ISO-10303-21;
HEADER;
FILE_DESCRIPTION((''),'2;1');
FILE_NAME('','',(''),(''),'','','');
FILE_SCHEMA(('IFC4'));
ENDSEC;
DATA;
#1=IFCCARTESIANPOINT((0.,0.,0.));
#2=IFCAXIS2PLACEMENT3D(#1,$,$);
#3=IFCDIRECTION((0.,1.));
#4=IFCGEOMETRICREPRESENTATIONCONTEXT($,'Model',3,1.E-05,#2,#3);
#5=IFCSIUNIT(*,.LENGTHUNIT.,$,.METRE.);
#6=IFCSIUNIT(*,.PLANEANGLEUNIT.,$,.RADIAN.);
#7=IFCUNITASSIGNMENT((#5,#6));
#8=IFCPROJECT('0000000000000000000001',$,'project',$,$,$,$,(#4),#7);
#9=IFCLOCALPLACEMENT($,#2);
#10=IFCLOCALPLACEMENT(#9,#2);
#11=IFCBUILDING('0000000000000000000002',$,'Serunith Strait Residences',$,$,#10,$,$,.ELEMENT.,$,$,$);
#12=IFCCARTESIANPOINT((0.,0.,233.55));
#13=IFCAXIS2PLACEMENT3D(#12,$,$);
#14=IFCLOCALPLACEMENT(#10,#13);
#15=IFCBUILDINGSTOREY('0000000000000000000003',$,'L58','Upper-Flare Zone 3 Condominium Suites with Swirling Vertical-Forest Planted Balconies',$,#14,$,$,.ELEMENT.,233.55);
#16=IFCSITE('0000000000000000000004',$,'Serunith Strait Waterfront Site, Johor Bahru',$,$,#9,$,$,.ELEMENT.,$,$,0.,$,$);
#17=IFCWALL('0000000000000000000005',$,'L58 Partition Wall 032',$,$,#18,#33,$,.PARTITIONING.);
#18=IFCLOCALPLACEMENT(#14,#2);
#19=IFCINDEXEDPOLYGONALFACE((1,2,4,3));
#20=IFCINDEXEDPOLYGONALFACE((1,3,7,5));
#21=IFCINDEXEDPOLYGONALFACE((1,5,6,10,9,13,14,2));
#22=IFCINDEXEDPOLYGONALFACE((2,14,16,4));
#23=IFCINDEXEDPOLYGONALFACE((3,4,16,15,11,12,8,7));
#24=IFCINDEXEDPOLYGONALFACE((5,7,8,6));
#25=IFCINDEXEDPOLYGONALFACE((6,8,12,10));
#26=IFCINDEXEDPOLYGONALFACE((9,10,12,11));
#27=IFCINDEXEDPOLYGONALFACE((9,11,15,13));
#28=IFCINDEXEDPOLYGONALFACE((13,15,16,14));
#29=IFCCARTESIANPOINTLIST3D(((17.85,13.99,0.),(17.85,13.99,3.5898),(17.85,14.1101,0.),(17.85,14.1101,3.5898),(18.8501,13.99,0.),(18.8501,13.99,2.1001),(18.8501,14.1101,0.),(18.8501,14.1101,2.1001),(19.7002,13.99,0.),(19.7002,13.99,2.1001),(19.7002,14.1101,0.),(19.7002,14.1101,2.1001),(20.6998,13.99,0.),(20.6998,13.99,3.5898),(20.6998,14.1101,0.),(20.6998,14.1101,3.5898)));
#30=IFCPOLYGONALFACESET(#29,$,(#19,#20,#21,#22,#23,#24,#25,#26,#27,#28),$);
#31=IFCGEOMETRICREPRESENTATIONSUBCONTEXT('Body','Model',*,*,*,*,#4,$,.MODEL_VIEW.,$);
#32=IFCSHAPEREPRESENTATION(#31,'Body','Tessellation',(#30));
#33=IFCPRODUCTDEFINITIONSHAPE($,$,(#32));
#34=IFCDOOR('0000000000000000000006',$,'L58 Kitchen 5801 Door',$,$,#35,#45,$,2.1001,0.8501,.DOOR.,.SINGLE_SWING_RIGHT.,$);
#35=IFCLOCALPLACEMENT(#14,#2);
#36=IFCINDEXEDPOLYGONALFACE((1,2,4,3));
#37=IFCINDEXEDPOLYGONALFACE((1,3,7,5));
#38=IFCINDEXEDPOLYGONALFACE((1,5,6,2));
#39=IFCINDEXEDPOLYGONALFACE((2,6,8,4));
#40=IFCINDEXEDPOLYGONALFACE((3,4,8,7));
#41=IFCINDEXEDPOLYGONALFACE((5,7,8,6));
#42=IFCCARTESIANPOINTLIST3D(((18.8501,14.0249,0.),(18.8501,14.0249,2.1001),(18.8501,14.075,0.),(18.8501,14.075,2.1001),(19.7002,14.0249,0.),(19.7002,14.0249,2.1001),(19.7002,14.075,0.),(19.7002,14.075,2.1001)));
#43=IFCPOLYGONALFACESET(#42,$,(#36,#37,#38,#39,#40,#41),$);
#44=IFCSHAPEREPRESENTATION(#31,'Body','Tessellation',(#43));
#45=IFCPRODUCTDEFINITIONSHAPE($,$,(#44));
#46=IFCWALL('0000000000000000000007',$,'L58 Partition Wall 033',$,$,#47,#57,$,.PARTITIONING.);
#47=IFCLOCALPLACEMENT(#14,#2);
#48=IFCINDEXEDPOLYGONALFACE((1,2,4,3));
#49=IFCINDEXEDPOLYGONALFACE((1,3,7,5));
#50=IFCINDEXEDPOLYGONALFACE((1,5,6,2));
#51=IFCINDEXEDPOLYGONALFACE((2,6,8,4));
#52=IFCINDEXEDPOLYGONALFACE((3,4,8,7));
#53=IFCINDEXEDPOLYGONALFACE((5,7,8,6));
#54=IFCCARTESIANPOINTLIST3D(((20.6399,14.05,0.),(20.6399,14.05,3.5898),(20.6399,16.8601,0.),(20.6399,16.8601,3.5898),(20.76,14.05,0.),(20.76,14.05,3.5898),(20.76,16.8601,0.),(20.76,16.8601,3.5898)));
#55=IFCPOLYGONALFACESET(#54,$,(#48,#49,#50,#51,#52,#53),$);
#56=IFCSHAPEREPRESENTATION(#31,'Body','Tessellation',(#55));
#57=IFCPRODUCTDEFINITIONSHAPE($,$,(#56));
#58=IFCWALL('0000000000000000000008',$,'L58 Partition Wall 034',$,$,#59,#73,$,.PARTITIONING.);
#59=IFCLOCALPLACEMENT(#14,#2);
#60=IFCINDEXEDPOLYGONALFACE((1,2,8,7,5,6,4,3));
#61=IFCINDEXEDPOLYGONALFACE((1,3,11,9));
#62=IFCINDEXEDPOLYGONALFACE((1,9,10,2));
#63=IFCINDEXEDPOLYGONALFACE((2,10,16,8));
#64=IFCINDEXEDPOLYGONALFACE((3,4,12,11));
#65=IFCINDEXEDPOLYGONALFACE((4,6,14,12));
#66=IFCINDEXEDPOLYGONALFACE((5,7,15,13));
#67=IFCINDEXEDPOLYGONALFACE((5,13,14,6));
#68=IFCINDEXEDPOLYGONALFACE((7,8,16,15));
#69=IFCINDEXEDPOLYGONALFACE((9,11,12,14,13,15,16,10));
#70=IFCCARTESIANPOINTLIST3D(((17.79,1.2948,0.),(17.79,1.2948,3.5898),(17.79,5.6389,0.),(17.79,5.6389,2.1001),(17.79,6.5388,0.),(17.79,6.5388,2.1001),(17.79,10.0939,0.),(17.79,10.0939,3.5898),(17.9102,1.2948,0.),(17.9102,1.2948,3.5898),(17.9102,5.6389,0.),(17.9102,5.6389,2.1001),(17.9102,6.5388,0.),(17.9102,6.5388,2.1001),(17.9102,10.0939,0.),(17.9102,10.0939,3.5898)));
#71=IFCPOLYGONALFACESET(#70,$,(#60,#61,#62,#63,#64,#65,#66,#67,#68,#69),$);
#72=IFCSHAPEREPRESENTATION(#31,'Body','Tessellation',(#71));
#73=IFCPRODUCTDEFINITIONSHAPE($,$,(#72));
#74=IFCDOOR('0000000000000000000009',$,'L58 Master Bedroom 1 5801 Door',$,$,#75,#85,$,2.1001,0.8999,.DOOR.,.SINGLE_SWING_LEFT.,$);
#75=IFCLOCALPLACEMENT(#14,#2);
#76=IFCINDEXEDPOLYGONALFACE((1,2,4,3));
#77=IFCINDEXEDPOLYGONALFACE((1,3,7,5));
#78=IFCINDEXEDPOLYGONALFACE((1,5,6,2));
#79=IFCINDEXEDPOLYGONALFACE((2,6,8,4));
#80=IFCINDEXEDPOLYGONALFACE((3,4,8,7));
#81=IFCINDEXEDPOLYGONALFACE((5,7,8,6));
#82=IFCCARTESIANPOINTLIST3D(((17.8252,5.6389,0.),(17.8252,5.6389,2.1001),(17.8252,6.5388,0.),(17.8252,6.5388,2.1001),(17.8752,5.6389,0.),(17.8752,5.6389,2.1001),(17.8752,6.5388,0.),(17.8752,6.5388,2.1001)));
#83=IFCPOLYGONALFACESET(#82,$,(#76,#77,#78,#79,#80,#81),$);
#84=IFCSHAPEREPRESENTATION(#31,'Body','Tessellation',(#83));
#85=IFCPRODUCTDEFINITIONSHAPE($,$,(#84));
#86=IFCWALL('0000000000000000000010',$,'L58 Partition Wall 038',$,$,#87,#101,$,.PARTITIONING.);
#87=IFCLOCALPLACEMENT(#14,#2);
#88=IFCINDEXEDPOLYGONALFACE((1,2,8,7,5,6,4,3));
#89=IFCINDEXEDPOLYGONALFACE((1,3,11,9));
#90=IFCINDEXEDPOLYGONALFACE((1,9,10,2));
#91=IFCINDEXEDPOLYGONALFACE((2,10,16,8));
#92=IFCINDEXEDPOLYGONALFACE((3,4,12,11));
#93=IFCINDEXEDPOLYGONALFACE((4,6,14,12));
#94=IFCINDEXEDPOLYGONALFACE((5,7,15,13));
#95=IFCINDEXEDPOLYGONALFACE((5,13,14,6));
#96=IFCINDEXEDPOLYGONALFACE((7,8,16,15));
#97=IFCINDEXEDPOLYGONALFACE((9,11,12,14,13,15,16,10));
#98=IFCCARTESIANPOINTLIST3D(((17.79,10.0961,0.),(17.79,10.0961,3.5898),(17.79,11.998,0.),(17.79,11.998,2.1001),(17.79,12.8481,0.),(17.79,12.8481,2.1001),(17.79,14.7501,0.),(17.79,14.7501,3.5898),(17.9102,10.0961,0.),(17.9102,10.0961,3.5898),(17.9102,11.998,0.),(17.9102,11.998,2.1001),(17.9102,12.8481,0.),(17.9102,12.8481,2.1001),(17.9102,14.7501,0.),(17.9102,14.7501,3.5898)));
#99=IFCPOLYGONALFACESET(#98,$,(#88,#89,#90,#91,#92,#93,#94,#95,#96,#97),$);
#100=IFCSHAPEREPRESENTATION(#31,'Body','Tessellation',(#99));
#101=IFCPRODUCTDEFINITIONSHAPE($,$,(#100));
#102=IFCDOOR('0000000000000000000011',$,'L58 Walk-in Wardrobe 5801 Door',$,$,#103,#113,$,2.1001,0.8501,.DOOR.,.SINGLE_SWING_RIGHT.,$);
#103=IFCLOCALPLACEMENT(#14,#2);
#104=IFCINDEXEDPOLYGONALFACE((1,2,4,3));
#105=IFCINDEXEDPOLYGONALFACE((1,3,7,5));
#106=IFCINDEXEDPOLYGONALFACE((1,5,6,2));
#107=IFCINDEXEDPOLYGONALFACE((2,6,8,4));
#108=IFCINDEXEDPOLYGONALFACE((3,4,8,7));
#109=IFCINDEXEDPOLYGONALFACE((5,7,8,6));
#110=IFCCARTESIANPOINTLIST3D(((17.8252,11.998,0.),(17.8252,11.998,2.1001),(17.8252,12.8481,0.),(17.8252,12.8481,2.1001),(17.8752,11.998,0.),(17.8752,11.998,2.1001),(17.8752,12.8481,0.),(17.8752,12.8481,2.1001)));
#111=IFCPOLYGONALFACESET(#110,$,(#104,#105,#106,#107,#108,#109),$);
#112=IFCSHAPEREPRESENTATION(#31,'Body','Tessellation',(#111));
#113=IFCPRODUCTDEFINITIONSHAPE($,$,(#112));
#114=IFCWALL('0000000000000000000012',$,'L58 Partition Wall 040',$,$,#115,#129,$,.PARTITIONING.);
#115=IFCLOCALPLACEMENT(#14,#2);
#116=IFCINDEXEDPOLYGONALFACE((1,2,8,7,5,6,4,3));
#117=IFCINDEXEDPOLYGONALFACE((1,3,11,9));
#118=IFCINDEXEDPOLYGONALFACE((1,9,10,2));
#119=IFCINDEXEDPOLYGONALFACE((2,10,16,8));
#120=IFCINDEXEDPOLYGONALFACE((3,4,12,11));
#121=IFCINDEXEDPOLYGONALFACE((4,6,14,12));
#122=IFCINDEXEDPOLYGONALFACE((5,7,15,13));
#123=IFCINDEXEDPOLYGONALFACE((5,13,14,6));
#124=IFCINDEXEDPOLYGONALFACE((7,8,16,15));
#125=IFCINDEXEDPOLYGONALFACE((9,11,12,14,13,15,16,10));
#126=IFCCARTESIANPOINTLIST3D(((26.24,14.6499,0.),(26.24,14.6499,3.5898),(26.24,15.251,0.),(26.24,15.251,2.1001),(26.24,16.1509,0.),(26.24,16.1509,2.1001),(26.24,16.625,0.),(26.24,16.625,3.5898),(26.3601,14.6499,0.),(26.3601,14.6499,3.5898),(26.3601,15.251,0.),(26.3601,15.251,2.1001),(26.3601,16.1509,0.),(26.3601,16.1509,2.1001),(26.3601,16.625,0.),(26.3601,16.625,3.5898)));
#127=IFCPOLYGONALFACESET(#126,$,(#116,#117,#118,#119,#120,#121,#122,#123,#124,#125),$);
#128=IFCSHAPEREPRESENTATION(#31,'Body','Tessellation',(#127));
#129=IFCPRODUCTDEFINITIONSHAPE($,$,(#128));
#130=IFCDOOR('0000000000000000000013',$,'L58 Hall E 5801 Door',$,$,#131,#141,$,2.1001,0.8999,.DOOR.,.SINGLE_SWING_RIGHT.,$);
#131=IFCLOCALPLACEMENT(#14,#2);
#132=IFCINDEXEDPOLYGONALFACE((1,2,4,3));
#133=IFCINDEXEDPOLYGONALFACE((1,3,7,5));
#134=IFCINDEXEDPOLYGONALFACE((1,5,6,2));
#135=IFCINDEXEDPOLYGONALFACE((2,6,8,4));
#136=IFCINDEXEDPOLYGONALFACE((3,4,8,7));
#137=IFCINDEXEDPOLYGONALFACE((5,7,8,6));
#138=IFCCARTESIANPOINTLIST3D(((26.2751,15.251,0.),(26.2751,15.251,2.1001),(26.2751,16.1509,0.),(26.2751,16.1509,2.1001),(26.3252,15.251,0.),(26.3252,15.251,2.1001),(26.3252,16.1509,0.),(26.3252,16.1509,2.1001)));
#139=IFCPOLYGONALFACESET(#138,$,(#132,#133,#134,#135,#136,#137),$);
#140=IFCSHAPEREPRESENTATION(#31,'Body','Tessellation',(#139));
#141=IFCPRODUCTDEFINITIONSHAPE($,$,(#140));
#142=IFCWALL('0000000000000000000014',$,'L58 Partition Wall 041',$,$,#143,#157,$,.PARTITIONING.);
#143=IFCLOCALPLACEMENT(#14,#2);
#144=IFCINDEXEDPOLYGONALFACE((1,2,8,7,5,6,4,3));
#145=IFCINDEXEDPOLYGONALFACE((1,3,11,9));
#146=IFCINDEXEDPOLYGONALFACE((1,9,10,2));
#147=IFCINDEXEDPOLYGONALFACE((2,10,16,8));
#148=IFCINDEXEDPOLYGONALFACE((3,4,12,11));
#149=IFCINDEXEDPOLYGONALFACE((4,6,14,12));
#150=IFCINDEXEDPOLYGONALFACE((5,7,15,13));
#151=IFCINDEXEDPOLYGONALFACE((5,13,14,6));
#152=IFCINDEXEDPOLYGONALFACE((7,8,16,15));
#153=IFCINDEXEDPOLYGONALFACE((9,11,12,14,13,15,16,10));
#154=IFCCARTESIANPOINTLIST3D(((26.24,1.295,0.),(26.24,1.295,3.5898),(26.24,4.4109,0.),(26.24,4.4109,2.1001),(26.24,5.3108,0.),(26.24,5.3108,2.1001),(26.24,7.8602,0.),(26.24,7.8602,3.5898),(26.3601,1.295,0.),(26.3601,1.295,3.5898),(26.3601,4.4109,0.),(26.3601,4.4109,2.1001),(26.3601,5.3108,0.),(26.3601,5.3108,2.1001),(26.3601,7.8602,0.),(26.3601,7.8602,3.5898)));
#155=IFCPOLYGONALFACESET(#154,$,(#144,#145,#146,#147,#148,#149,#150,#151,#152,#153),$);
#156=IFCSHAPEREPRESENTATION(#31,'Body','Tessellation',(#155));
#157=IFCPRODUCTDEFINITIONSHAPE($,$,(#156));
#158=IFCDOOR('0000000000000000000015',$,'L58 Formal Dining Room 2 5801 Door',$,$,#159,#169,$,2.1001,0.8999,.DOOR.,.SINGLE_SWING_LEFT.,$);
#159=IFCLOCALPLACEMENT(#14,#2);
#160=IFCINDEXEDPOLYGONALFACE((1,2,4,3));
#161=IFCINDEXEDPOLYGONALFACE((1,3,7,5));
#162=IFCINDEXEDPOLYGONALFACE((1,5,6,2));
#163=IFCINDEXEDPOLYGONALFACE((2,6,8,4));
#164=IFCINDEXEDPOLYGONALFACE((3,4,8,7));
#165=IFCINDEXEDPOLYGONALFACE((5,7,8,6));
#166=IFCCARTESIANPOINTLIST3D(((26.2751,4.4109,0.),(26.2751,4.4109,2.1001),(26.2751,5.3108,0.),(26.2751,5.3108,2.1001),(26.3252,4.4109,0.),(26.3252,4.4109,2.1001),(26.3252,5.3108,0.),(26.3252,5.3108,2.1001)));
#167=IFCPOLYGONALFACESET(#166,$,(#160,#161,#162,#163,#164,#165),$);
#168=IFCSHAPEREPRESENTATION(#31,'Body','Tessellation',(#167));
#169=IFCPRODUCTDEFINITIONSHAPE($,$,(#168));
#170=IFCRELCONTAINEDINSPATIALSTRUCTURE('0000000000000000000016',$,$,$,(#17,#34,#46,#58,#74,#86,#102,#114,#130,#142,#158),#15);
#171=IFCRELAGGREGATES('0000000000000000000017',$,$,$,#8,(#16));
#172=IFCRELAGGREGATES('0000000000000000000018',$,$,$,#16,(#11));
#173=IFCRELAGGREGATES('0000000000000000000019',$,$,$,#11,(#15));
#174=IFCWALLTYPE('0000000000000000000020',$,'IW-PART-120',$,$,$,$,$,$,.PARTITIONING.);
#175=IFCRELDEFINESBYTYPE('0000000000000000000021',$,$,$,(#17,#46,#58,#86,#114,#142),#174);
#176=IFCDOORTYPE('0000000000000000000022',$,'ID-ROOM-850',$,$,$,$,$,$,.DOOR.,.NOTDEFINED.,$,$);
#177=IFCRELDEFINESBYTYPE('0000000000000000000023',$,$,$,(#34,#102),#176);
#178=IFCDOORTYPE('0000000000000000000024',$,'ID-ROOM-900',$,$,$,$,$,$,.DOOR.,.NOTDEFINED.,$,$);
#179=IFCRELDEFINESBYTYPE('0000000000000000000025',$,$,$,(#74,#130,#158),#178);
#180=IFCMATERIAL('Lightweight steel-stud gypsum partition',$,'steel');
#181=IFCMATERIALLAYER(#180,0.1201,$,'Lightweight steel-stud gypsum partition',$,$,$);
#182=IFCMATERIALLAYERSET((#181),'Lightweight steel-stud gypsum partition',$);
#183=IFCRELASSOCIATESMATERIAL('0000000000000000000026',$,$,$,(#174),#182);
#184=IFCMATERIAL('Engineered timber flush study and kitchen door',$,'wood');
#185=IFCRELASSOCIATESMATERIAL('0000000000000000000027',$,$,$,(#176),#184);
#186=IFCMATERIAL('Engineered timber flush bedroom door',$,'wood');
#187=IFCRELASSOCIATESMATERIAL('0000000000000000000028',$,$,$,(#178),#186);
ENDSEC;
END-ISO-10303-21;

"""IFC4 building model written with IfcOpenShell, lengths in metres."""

from ifc_helpers import new_model, si_unit, direction, frame, frame_2d, origin, place, context, subcontext, project, spatial, rectangle, extrude, source, transform, mapped, material, layer, layer_set, type_object, element, fill, save


model = new_model("IFC4")

# Units and contexts
model_context = context("Model", 3, precision=1e-05, world=origin(), true_north=direction((0.0, 1.0)))
body_context = subcontext(model_context, "Body", "Model", "MODEL_VIEW")
ifc_project = project(units=[si_unit("LENGTHUNIT", "METRE"), si_unit("PLANEANGLEUNIT", "RADIAN")], contexts=[model_context])

# Site, building, storey
site_placement = place(None, origin())
site = spatial("IfcSite", under=ifc_project, at=site_placement, Name="Serunith Strait Waterfront Site, Johor Bahru", CompositionType="ELEMENT", RefElevation=0.0)
building_placement = place(site_placement, origin())
building = spatial("IfcBuilding", under=site, at=building_placement, Name="Serunith Strait Residences", CompositionType="ELEMENT")
storey_placement = place(building_placement, frame((0.0, 0.0, 233.55)))
storey = spatial("IfcBuildingStorey", under=building, at=storey_placement, Name="L58", Description="Upper-Flare Zone 3 Condominium Suites with Swirling Vertical-Forest Planted Balconies", CompositionType="ELEMENT", Elevation=233.55)

# Wall, opening, door
ifc_material_1 = material(Name="Lightweight steel-stud gypsum partition", Category="steel")
ifc_layer_1 = layer(ifc_material_1, 0.1201, Name="Lightweight steel-stud gypsum partition")
ifc_layer_set_1 = layer_set([ifc_layer_1], Name="Lightweight steel-stud gypsum partition")
wall_type = type_object("IfcWallType", Name="IW-PART-120", PredefinedType="PARTITIONING", material=ifc_layer_set_1)
wall_1_placement = place(storey_placement, frame((17.8501, 14.05, 0.0), z_axis=(0.0, 0.0, 1.0), x_axis=(1.0, 0.0, 0.0)))
wall_1 = element("IfcWall", 1, at=wall_1_placement, inside=storey, type_object=wall_type, Name="L58 Partition Wall 032", PredefinedType="PARTITIONING", context=body_context, shape_type="SweptSolid", body=[
    extrude(rectangle(XDim=2.8499, YDim=0.1201, at=frame_2d((1.4248, 0.0))), origin(), (0.0, 0.0, 1.0), 3.5898),
])
opening_1_placement = place(wall_1_placement, frame((1.0, 0.0, 0.0)))
opening_1 = element("IfcOpeningElement", 2, at=opening_1_placement, cuts=wall_1, PredefinedType="OPENING", context=body_context, shape_type="SweptSolid", body=[
    extrude(rectangle(XDim=0.8501, YDim=2.1001, at=frame_2d((0.425, 1.05))), frame((0.0, 0.0701, 0.0), z_axis=(0.0, -1.0, 0.0), x_axis=(1.0, 0.0, 0.0)), (0.0, 0.0, 1.0), 0.1401),
])
ifc_material_2 = material(Name="Engineered timber flush study and kitchen door", Category="wood")
door_type_1 = type_object("IfcDoorType", Name="ID-ROOM-850", OperationType="NOTDEFINED", PredefinedType="DOOR", material=ifc_material_2)
shared_shape_1 = source(origin(), body_context, "Body", "SweptSolid", [
    extrude(rectangle(XDim=0.8501, YDim=2.1001, at=frame_2d((0.425, 1.05))), frame((0.0, 0.0249, 0.0), z_axis=(0.0, -1.0, 0.0), x_axis=(1.0, 0.0, 0.0)), (0.0, 0.0, 1.0), 0.05),
])
door_1_placement = place(opening_1_placement, origin())
door_1 = element("IfcDoor", 3, at=door_1_placement, inside=storey, type_object=door_type_1, Name="L58 Kitchen 5801 Door", OperationType="SINGLE_SWING_RIGHT", OverallHeight=2.1001, OverallWidth=0.8501, PredefinedType="DOOR", context=body_context, shape_type="MappedRepresentation", body=[
    mapped(shared_shape_1, transform((0.0, 0.0, 0.0), scale=1.0)),
])
fill(opening_1, door_1)

# Wall
wall_2_placement = place(storey_placement, frame((20.7, 14.05, 0.0), z_axis=(0.0, 0.0, 1.0), x_axis=(0.0, 1.0, 0.0)))
element("IfcWall", 4, at=wall_2_placement, inside=storey, type_object=wall_type, Name="L58 Partition Wall 033", PredefinedType="PARTITIONING", context=body_context, shape_type="SweptSolid", body=[
    extrude(rectangle(XDim=2.8101, YDim=0.1201, at=frame_2d((1.405, 0.0))), origin(), (0.0, 0.0, 1.0), 3.5898),
])

# Walls, openings, doors
wall_3_placement = place(storey_placement, frame((17.8501, 1.2949, 0.0), z_axis=(0.0, 0.0, 1.0), x_axis=(0.0, 1.0, 0.0)))
wall_3 = element("IfcWall", 5, at=wall_3_placement, inside=storey, type_object=wall_type, Name="L58 Partition Wall 034", PredefinedType="PARTITIONING", context=body_context, shape_type="SweptSolid", body=[
    extrude(rectangle(XDim=8.7991, YDim=0.1201, at=frame_2d((4.3994, 0.0))), origin(), (0.0, 0.0, 1.0), 3.5898),
])
opening_2_placement = place(wall_3_placement, frame((4.344, 0.0, 0.0)))
opening_2 = element("IfcOpeningElement", 6, at=opening_2_placement, cuts=wall_3, PredefinedType="OPENING", context=body_context, shape_type="SweptSolid", body=[
    extrude(rectangle(XDim=0.8999, YDim=2.1001, at=frame_2d((0.45, 1.05))), frame((0.0, 0.0701, 0.0), z_axis=(0.0, -1.0, 0.0), x_axis=(1.0, 0.0, 0.0)), (0.0, 0.0, 1.0), 0.1401),
])
ifc_material_3 = material(Name="Engineered timber flush bedroom door", Category="wood")
door_type_2 = type_object("IfcDoorType", Name="ID-ROOM-900", OperationType="NOTDEFINED", PredefinedType="DOOR", material=ifc_material_3)
shared_shape_2 = source(origin(), body_context, "Body", "SweptSolid", [
    extrude(rectangle(XDim=0.8999, YDim=2.1001, at=frame_2d((0.45, 1.05))), frame((0.0, 0.0249, 0.0), z_axis=(0.0, -1.0, 0.0), x_axis=(1.0, 0.0, 0.0)), (0.0, 0.0, 1.0), 0.05),
])
door_2_placement = place(opening_2_placement, origin())
door_2 = element("IfcDoor", 7, at=door_2_placement, inside=storey, type_object=door_type_2, Name="L58 Master Bedroom 1 5801 Door", OperationType="SINGLE_SWING_LEFT", OverallHeight=2.1001, OverallWidth=0.8999, PredefinedType="DOOR", context=body_context, shape_type="MappedRepresentation", body=[
    mapped(shared_shape_2, transform((0.0, 0.0, 0.0), scale=1.0)),
])
fill(opening_2, door_2)
wall_4_placement = place(storey_placement, frame((17.8501, 10.0959, 0.0), z_axis=(0.0, 0.0, 1.0), x_axis=(0.0, 1.0, 0.0)))
wall_4 = element("IfcWall", 8, at=wall_4_placement, inside=storey, type_object=wall_type, Name="L58 Partition Wall 038", PredefinedType="PARTITIONING", context=body_context, shape_type="SweptSolid", body=[
    extrude(rectangle(XDim=4.6541, YDim=0.1201, at=frame_2d((2.3271, 0.0))), origin(), (0.0, 0.0, 1.0), 3.5898),
])
opening_3_placement = place(wall_4_placement, frame((1.9021, 0.0, 0.0)))
opening_3 = element("IfcOpeningElement", 9, at=opening_3_placement, cuts=wall_4, PredefinedType="OPENING", context=body_context, shape_type="SweptSolid", body=[
    extrude(rectangle(XDim=0.8501, YDim=2.1001, at=frame_2d((0.425, 1.05))), frame((0.0, 0.0701, 0.0), z_axis=(0.0, -1.0, 0.0), x_axis=(1.0, 0.0, 0.0)), (0.0, 0.0, 1.0), 0.1401),
])
door_3_placement = place(opening_3_placement, origin())
door_3 = element("IfcDoor", 10, at=door_3_placement, inside=storey, type_object=door_type_1, Name="L58 Walk-in Wardrobe 5801 Door", OperationType="SINGLE_SWING_RIGHT", OverallHeight=2.1001, OverallWidth=0.8501, PredefinedType="DOOR", context=body_context, shape_type="MappedRepresentation", body=[
    mapped(shared_shape_1, transform((0.0, 0.0, 0.0), scale=1.0)),
])
fill(opening_3, door_3)
wall_5_placement = place(storey_placement, frame((26.3, 14.6499, 0.0), z_axis=(0.0, 0.0, 1.0), x_axis=(0.0, 1.0, 0.0)))
wall_5 = element("IfcWall", 11, at=wall_5_placement, inside=storey, type_object=wall_type, Name="L58 Partition Wall 040", PredefinedType="PARTITIONING", context=body_context, shape_type="SweptSolid", body=[
    extrude(rectangle(XDim=1.9751, YDim=0.1201, at=frame_2d((0.9875, 0.0))), origin(), (0.0, 0.0, 1.0), 3.5898),
])
opening_4_placement = place(wall_5_placement, frame((0.6011, 0.0, 0.0)))
opening_4 = element("IfcOpeningElement", 12, at=opening_4_placement, cuts=wall_5, PredefinedType="OPENING", context=body_context, shape_type="SweptSolid", body=[
    extrude(rectangle(XDim=0.8999, YDim=2.1001, at=frame_2d((0.45, 1.05))), frame((0.0, 0.0701, 0.0), z_axis=(0.0, -1.0, 0.0), x_axis=(1.0, 0.0, 0.0)), (0.0, 0.0, 1.0), 0.1401),
])
door_4_placement = place(opening_4_placement, origin())
door_4 = element("IfcDoor", 13, at=door_4_placement, inside=storey, type_object=door_type_2, Name="L58 Hall E 5801 Door", OperationType="SINGLE_SWING_RIGHT", OverallHeight=2.1001, OverallWidth=0.8999, PredefinedType="DOOR", context=body_context, shape_type="MappedRepresentation", body=[
    mapped(shared_shape_2, transform((0.0, 0.0, 0.0), scale=1.0)),
])
fill(opening_4, door_4)
wall_6_placement = place(storey_placement, frame((26.3, 1.2949, 0.0), z_axis=(0.0, 0.0, 1.0), x_axis=(0.0, 1.0, 0.0)))
wall_6 = element("IfcWall", 14, at=wall_6_placement, inside=storey, type_object=wall_type, Name="L58 Partition Wall 041", PredefinedType="PARTITIONING", context=body_context, shape_type="SweptSolid", body=[
    extrude(rectangle(XDim=6.5652, YDim=0.1201, at=frame_2d((3.2827, 0.0))), origin(), (0.0, 0.0, 1.0), 3.5898),
])
opening_5_placement = place(wall_6_placement, frame((3.116, 0.0, 0.0)))
opening_5 = element("IfcOpeningElement", 15, at=opening_5_placement, cuts=wall_6, PredefinedType="OPENING", context=body_context, shape_type="SweptSolid", body=[
    extrude(rectangle(XDim=0.8999, YDim=2.1001, at=frame_2d((0.45, 1.05))), frame((0.0, 0.0701, 0.0), z_axis=(0.0, -1.0, 0.0), x_axis=(1.0, 0.0, 0.0)), (0.0, 0.0, 1.0), 0.1401),
])
door_5_placement = place(opening_5_placement, origin())
door_5 = element("IfcDoor", 16, at=door_5_placement, inside=storey, type_object=door_type_2, Name="L58 Formal Dining Room 2 5801 Door", OperationType="SINGLE_SWING_LEFT", OverallHeight=2.1001, OverallWidth=0.8999, PredefinedType="DOOR", context=body_context, shape_type="MappedRepresentation", body=[
    mapped(shared_shape_2, transform((0.0, 0.0, 0.0), scale=1.0)),
])
fill(opening_5, door_5)

save(model, "model.ifc")
